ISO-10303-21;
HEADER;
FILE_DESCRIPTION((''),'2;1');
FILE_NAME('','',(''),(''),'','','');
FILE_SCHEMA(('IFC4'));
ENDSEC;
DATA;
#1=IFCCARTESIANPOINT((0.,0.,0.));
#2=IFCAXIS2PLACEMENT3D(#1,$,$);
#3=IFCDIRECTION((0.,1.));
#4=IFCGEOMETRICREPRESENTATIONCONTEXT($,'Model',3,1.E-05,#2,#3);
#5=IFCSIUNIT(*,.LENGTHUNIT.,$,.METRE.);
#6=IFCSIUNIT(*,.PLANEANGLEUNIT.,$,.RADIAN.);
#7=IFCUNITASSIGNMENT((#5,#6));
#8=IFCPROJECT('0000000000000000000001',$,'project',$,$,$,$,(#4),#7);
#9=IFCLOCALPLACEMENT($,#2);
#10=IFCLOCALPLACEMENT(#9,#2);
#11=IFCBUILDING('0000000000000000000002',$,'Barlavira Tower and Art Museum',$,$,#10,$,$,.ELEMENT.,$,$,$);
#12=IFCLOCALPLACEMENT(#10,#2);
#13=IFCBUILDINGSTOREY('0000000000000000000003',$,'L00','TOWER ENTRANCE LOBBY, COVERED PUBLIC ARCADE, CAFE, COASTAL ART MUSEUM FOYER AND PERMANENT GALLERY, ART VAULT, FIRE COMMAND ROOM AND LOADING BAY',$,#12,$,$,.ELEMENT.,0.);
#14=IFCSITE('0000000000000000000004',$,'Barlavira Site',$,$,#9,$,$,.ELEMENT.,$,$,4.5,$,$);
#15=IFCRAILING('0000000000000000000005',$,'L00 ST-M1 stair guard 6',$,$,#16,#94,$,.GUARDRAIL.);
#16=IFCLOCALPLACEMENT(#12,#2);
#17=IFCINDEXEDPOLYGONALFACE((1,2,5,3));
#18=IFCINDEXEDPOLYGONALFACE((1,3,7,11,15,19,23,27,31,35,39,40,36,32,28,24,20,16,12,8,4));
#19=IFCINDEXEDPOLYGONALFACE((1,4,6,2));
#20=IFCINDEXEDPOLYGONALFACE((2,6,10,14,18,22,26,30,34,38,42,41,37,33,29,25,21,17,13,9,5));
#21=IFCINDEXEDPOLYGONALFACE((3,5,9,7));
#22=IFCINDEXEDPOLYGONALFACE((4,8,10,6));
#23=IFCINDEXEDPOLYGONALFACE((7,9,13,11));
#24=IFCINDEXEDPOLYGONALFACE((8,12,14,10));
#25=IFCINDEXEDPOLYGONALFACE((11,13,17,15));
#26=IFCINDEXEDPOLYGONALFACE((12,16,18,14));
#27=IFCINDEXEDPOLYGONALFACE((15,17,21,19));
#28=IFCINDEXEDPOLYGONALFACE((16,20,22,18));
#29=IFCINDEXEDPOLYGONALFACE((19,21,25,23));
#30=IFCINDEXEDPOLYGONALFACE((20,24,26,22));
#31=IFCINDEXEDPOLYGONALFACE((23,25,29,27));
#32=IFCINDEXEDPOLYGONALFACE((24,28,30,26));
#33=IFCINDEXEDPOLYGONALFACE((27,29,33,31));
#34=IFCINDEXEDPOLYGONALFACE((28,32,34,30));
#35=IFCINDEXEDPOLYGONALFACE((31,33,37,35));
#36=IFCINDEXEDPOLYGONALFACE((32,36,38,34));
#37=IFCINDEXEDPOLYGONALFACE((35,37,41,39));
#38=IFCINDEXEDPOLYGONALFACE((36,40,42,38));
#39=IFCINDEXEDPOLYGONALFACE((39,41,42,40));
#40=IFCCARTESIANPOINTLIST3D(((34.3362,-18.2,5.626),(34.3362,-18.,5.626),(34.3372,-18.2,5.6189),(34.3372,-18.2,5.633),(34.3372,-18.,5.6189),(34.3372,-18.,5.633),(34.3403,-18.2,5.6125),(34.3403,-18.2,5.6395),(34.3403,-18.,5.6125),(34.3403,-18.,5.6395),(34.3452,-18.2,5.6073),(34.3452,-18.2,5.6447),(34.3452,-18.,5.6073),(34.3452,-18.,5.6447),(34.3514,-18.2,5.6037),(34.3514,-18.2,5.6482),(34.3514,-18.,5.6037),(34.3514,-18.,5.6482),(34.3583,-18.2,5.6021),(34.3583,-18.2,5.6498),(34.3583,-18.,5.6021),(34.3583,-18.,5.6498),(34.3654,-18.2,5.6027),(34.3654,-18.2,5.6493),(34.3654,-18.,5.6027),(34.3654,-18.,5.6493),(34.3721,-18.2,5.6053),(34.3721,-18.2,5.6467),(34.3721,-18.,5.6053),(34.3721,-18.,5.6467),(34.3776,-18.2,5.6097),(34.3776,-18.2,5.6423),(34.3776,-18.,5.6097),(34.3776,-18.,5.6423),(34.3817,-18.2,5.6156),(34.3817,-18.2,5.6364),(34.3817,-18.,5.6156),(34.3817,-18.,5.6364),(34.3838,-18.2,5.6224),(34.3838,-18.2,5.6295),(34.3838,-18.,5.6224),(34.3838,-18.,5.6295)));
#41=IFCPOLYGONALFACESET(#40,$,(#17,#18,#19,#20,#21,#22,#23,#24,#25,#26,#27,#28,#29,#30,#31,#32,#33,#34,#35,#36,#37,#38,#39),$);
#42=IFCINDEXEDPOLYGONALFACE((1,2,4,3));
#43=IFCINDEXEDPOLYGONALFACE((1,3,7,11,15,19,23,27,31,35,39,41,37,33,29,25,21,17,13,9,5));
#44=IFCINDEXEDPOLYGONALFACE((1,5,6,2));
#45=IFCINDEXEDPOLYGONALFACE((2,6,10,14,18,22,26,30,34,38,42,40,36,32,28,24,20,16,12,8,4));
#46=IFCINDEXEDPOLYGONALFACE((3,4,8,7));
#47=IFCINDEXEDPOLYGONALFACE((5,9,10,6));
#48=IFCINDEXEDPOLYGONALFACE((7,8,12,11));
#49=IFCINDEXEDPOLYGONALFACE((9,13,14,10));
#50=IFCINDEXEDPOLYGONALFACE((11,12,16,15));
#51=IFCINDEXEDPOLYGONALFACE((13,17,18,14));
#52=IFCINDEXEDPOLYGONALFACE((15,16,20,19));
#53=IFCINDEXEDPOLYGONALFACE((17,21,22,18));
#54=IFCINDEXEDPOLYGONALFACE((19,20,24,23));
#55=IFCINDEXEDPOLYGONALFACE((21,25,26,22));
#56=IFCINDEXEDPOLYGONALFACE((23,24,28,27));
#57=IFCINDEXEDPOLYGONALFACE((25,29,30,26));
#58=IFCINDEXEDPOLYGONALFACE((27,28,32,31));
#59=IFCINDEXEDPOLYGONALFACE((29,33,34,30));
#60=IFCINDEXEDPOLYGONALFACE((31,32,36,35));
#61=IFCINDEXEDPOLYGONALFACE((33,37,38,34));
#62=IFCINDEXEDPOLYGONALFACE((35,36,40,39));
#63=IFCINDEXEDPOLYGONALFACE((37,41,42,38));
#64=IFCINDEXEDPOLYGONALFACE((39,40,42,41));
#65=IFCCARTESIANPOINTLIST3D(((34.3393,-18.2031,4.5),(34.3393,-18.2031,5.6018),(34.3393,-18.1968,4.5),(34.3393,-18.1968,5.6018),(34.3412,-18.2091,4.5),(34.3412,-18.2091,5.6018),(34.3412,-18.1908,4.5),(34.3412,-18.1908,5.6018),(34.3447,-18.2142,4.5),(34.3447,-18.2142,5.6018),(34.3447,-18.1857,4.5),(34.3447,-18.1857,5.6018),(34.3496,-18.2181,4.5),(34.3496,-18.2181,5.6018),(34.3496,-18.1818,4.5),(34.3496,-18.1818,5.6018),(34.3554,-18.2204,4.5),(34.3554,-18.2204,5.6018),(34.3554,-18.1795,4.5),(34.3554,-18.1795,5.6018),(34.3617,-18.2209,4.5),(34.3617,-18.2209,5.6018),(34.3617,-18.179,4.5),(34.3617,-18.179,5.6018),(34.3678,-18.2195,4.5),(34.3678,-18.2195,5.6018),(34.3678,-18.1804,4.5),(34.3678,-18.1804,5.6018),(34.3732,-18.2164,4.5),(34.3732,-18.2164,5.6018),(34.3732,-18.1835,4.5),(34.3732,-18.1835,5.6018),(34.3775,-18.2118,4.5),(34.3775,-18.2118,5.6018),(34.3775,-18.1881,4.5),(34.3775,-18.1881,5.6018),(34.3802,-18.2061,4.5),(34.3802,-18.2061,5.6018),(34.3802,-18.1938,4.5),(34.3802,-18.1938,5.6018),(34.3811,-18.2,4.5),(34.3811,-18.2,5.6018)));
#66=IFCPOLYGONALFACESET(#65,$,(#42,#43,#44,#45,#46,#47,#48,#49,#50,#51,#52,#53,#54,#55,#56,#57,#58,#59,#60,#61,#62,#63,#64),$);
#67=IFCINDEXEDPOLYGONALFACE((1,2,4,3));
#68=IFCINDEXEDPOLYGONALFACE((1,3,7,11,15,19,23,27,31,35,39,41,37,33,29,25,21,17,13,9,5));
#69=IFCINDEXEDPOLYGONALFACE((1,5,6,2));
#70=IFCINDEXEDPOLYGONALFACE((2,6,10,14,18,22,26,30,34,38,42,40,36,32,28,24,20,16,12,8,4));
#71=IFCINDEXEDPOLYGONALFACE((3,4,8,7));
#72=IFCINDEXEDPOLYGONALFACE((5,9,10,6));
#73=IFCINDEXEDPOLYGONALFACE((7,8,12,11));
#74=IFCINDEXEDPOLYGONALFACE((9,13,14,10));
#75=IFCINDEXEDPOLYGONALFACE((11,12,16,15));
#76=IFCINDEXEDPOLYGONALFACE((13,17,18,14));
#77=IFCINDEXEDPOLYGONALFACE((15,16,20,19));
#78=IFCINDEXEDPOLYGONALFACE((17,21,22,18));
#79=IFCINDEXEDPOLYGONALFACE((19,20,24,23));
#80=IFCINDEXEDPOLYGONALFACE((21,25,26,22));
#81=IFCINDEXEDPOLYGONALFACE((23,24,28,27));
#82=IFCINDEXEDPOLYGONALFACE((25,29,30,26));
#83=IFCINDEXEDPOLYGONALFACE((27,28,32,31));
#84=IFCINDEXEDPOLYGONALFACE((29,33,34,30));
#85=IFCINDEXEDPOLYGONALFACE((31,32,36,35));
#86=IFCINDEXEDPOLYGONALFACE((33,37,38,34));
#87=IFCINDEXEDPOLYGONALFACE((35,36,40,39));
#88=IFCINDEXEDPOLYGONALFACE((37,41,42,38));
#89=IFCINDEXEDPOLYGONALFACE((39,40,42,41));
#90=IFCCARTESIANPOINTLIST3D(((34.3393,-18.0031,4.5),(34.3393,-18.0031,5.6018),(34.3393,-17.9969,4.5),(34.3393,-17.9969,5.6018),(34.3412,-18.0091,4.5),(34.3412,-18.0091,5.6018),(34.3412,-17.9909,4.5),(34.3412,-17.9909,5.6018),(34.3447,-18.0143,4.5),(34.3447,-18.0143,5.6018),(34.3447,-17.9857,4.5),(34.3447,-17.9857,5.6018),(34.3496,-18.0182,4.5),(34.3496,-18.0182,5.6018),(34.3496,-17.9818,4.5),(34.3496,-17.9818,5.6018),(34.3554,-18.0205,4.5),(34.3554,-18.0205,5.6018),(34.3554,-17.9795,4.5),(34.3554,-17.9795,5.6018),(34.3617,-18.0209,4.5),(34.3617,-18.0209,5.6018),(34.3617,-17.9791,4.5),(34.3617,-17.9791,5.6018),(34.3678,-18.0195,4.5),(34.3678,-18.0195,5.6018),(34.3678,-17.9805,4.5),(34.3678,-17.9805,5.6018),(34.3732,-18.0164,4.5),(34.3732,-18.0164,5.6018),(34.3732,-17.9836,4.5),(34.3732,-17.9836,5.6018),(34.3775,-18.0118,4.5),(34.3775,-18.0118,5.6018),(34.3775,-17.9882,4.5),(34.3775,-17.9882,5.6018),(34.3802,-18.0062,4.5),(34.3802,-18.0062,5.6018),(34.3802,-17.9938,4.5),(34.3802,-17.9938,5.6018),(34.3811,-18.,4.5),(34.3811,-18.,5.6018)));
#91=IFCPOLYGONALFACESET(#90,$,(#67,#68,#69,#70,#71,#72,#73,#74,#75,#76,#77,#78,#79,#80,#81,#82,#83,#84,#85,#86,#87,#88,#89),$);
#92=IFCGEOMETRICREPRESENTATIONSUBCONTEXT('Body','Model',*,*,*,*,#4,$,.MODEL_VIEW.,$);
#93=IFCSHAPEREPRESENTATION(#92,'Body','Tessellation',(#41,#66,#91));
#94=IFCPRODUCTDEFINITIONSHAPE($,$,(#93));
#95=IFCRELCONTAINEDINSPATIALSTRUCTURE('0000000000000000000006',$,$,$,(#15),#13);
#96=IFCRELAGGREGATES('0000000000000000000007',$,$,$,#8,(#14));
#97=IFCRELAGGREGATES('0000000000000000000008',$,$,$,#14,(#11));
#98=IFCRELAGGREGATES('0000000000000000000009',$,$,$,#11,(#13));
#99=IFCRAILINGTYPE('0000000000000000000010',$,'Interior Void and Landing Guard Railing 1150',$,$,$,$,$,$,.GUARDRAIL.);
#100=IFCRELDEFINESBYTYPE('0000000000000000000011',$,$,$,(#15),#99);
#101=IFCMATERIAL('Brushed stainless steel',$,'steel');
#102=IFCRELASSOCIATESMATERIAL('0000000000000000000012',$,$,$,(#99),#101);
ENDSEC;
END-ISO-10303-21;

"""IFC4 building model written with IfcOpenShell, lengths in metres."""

from ifc_helpers import new_model, si_unit, direction, frame, origin, origin_2d, place, context, subcontext, project, spatial, circle, extrude, material, type_object, element, save


model = new_model("IFC4")

# Units and contexts
model_context = context("Model", 3, precision=1e-05, world=origin(), true_north=direction((0.0, 1.0)))
body_context = subcontext(model_context, "Body", "Model", "MODEL_VIEW")
ifc_project = project(units=[si_unit("LENGTHUNIT", "METRE"), si_unit("PLANEANGLEUNIT", "RADIAN")], contexts=[model_context])

# Site, building, storey
site_placement = place(None, origin())
site = spatial("IfcSite", under=ifc_project, at=site_placement, Name="Barlavira Site", CompositionType="ELEMENT", RefElevation=4.5)
building_placement = place(site_placement, origin())
building = spatial("IfcBuilding", under=site, at=building_placement, Name="Barlavira Tower and Art Museum", CompositionType="ELEMENT")
storey_placement = place(building_placement, origin())
storey = spatial("IfcBuildingStorey", under=building, at=storey_placement, Name="L00", Description="TOWER ENTRANCE LOBBY, COVERED PUBLIC ARCADE, CAFE, COASTAL ART MUSEUM FOYER AND PERMANENT GALLERY, ART VAULT, FIRE COMMAND ROOM AND LOADING BAY", CompositionType="ELEMENT", Elevation=0.0)

# Shared definitions
ifc_material_1 = material(Name="Brushed stainless steel", Category="steel")

# Railing
railing_type_1 = type_object("IfcRailingType", Name="Interior Void and Landing Guard Railing 1150", PredefinedType="GUARDRAIL", material=ifc_material_1)
railing_1_placement = place(storey_placement, frame((34.3601, -18.2, 4.5)))
element("IfcRailing", 1, at=railing_1_placement, inside=storey, type_object=railing_type_1, Name="L00 ST-M1 stair guard 6", PredefinedType="GUARDRAIL", context=body_context, shape_type="SweptSolid", body=[
    extrude(circle(Radius=0.0239, at=origin_2d()), frame((0.0, 0.0, 1.126), z_axis=(0.0, 1.0, 0.0), x_axis=(-1.0, 0.0, 0.0)), (0.0, 0.0, 1.0), 0.2),
    extrude(circle(Radius=0.021, at=origin_2d()), origin(), (0.0, 0.0, 1.0), 1.1018),
    extrude(circle(Radius=0.021, at=origin_2d()), frame((0.0, 0.2, 0.0)), (0.0, 0.0, 1.0), 1.1018),
])

save(model, "model.ifc")
